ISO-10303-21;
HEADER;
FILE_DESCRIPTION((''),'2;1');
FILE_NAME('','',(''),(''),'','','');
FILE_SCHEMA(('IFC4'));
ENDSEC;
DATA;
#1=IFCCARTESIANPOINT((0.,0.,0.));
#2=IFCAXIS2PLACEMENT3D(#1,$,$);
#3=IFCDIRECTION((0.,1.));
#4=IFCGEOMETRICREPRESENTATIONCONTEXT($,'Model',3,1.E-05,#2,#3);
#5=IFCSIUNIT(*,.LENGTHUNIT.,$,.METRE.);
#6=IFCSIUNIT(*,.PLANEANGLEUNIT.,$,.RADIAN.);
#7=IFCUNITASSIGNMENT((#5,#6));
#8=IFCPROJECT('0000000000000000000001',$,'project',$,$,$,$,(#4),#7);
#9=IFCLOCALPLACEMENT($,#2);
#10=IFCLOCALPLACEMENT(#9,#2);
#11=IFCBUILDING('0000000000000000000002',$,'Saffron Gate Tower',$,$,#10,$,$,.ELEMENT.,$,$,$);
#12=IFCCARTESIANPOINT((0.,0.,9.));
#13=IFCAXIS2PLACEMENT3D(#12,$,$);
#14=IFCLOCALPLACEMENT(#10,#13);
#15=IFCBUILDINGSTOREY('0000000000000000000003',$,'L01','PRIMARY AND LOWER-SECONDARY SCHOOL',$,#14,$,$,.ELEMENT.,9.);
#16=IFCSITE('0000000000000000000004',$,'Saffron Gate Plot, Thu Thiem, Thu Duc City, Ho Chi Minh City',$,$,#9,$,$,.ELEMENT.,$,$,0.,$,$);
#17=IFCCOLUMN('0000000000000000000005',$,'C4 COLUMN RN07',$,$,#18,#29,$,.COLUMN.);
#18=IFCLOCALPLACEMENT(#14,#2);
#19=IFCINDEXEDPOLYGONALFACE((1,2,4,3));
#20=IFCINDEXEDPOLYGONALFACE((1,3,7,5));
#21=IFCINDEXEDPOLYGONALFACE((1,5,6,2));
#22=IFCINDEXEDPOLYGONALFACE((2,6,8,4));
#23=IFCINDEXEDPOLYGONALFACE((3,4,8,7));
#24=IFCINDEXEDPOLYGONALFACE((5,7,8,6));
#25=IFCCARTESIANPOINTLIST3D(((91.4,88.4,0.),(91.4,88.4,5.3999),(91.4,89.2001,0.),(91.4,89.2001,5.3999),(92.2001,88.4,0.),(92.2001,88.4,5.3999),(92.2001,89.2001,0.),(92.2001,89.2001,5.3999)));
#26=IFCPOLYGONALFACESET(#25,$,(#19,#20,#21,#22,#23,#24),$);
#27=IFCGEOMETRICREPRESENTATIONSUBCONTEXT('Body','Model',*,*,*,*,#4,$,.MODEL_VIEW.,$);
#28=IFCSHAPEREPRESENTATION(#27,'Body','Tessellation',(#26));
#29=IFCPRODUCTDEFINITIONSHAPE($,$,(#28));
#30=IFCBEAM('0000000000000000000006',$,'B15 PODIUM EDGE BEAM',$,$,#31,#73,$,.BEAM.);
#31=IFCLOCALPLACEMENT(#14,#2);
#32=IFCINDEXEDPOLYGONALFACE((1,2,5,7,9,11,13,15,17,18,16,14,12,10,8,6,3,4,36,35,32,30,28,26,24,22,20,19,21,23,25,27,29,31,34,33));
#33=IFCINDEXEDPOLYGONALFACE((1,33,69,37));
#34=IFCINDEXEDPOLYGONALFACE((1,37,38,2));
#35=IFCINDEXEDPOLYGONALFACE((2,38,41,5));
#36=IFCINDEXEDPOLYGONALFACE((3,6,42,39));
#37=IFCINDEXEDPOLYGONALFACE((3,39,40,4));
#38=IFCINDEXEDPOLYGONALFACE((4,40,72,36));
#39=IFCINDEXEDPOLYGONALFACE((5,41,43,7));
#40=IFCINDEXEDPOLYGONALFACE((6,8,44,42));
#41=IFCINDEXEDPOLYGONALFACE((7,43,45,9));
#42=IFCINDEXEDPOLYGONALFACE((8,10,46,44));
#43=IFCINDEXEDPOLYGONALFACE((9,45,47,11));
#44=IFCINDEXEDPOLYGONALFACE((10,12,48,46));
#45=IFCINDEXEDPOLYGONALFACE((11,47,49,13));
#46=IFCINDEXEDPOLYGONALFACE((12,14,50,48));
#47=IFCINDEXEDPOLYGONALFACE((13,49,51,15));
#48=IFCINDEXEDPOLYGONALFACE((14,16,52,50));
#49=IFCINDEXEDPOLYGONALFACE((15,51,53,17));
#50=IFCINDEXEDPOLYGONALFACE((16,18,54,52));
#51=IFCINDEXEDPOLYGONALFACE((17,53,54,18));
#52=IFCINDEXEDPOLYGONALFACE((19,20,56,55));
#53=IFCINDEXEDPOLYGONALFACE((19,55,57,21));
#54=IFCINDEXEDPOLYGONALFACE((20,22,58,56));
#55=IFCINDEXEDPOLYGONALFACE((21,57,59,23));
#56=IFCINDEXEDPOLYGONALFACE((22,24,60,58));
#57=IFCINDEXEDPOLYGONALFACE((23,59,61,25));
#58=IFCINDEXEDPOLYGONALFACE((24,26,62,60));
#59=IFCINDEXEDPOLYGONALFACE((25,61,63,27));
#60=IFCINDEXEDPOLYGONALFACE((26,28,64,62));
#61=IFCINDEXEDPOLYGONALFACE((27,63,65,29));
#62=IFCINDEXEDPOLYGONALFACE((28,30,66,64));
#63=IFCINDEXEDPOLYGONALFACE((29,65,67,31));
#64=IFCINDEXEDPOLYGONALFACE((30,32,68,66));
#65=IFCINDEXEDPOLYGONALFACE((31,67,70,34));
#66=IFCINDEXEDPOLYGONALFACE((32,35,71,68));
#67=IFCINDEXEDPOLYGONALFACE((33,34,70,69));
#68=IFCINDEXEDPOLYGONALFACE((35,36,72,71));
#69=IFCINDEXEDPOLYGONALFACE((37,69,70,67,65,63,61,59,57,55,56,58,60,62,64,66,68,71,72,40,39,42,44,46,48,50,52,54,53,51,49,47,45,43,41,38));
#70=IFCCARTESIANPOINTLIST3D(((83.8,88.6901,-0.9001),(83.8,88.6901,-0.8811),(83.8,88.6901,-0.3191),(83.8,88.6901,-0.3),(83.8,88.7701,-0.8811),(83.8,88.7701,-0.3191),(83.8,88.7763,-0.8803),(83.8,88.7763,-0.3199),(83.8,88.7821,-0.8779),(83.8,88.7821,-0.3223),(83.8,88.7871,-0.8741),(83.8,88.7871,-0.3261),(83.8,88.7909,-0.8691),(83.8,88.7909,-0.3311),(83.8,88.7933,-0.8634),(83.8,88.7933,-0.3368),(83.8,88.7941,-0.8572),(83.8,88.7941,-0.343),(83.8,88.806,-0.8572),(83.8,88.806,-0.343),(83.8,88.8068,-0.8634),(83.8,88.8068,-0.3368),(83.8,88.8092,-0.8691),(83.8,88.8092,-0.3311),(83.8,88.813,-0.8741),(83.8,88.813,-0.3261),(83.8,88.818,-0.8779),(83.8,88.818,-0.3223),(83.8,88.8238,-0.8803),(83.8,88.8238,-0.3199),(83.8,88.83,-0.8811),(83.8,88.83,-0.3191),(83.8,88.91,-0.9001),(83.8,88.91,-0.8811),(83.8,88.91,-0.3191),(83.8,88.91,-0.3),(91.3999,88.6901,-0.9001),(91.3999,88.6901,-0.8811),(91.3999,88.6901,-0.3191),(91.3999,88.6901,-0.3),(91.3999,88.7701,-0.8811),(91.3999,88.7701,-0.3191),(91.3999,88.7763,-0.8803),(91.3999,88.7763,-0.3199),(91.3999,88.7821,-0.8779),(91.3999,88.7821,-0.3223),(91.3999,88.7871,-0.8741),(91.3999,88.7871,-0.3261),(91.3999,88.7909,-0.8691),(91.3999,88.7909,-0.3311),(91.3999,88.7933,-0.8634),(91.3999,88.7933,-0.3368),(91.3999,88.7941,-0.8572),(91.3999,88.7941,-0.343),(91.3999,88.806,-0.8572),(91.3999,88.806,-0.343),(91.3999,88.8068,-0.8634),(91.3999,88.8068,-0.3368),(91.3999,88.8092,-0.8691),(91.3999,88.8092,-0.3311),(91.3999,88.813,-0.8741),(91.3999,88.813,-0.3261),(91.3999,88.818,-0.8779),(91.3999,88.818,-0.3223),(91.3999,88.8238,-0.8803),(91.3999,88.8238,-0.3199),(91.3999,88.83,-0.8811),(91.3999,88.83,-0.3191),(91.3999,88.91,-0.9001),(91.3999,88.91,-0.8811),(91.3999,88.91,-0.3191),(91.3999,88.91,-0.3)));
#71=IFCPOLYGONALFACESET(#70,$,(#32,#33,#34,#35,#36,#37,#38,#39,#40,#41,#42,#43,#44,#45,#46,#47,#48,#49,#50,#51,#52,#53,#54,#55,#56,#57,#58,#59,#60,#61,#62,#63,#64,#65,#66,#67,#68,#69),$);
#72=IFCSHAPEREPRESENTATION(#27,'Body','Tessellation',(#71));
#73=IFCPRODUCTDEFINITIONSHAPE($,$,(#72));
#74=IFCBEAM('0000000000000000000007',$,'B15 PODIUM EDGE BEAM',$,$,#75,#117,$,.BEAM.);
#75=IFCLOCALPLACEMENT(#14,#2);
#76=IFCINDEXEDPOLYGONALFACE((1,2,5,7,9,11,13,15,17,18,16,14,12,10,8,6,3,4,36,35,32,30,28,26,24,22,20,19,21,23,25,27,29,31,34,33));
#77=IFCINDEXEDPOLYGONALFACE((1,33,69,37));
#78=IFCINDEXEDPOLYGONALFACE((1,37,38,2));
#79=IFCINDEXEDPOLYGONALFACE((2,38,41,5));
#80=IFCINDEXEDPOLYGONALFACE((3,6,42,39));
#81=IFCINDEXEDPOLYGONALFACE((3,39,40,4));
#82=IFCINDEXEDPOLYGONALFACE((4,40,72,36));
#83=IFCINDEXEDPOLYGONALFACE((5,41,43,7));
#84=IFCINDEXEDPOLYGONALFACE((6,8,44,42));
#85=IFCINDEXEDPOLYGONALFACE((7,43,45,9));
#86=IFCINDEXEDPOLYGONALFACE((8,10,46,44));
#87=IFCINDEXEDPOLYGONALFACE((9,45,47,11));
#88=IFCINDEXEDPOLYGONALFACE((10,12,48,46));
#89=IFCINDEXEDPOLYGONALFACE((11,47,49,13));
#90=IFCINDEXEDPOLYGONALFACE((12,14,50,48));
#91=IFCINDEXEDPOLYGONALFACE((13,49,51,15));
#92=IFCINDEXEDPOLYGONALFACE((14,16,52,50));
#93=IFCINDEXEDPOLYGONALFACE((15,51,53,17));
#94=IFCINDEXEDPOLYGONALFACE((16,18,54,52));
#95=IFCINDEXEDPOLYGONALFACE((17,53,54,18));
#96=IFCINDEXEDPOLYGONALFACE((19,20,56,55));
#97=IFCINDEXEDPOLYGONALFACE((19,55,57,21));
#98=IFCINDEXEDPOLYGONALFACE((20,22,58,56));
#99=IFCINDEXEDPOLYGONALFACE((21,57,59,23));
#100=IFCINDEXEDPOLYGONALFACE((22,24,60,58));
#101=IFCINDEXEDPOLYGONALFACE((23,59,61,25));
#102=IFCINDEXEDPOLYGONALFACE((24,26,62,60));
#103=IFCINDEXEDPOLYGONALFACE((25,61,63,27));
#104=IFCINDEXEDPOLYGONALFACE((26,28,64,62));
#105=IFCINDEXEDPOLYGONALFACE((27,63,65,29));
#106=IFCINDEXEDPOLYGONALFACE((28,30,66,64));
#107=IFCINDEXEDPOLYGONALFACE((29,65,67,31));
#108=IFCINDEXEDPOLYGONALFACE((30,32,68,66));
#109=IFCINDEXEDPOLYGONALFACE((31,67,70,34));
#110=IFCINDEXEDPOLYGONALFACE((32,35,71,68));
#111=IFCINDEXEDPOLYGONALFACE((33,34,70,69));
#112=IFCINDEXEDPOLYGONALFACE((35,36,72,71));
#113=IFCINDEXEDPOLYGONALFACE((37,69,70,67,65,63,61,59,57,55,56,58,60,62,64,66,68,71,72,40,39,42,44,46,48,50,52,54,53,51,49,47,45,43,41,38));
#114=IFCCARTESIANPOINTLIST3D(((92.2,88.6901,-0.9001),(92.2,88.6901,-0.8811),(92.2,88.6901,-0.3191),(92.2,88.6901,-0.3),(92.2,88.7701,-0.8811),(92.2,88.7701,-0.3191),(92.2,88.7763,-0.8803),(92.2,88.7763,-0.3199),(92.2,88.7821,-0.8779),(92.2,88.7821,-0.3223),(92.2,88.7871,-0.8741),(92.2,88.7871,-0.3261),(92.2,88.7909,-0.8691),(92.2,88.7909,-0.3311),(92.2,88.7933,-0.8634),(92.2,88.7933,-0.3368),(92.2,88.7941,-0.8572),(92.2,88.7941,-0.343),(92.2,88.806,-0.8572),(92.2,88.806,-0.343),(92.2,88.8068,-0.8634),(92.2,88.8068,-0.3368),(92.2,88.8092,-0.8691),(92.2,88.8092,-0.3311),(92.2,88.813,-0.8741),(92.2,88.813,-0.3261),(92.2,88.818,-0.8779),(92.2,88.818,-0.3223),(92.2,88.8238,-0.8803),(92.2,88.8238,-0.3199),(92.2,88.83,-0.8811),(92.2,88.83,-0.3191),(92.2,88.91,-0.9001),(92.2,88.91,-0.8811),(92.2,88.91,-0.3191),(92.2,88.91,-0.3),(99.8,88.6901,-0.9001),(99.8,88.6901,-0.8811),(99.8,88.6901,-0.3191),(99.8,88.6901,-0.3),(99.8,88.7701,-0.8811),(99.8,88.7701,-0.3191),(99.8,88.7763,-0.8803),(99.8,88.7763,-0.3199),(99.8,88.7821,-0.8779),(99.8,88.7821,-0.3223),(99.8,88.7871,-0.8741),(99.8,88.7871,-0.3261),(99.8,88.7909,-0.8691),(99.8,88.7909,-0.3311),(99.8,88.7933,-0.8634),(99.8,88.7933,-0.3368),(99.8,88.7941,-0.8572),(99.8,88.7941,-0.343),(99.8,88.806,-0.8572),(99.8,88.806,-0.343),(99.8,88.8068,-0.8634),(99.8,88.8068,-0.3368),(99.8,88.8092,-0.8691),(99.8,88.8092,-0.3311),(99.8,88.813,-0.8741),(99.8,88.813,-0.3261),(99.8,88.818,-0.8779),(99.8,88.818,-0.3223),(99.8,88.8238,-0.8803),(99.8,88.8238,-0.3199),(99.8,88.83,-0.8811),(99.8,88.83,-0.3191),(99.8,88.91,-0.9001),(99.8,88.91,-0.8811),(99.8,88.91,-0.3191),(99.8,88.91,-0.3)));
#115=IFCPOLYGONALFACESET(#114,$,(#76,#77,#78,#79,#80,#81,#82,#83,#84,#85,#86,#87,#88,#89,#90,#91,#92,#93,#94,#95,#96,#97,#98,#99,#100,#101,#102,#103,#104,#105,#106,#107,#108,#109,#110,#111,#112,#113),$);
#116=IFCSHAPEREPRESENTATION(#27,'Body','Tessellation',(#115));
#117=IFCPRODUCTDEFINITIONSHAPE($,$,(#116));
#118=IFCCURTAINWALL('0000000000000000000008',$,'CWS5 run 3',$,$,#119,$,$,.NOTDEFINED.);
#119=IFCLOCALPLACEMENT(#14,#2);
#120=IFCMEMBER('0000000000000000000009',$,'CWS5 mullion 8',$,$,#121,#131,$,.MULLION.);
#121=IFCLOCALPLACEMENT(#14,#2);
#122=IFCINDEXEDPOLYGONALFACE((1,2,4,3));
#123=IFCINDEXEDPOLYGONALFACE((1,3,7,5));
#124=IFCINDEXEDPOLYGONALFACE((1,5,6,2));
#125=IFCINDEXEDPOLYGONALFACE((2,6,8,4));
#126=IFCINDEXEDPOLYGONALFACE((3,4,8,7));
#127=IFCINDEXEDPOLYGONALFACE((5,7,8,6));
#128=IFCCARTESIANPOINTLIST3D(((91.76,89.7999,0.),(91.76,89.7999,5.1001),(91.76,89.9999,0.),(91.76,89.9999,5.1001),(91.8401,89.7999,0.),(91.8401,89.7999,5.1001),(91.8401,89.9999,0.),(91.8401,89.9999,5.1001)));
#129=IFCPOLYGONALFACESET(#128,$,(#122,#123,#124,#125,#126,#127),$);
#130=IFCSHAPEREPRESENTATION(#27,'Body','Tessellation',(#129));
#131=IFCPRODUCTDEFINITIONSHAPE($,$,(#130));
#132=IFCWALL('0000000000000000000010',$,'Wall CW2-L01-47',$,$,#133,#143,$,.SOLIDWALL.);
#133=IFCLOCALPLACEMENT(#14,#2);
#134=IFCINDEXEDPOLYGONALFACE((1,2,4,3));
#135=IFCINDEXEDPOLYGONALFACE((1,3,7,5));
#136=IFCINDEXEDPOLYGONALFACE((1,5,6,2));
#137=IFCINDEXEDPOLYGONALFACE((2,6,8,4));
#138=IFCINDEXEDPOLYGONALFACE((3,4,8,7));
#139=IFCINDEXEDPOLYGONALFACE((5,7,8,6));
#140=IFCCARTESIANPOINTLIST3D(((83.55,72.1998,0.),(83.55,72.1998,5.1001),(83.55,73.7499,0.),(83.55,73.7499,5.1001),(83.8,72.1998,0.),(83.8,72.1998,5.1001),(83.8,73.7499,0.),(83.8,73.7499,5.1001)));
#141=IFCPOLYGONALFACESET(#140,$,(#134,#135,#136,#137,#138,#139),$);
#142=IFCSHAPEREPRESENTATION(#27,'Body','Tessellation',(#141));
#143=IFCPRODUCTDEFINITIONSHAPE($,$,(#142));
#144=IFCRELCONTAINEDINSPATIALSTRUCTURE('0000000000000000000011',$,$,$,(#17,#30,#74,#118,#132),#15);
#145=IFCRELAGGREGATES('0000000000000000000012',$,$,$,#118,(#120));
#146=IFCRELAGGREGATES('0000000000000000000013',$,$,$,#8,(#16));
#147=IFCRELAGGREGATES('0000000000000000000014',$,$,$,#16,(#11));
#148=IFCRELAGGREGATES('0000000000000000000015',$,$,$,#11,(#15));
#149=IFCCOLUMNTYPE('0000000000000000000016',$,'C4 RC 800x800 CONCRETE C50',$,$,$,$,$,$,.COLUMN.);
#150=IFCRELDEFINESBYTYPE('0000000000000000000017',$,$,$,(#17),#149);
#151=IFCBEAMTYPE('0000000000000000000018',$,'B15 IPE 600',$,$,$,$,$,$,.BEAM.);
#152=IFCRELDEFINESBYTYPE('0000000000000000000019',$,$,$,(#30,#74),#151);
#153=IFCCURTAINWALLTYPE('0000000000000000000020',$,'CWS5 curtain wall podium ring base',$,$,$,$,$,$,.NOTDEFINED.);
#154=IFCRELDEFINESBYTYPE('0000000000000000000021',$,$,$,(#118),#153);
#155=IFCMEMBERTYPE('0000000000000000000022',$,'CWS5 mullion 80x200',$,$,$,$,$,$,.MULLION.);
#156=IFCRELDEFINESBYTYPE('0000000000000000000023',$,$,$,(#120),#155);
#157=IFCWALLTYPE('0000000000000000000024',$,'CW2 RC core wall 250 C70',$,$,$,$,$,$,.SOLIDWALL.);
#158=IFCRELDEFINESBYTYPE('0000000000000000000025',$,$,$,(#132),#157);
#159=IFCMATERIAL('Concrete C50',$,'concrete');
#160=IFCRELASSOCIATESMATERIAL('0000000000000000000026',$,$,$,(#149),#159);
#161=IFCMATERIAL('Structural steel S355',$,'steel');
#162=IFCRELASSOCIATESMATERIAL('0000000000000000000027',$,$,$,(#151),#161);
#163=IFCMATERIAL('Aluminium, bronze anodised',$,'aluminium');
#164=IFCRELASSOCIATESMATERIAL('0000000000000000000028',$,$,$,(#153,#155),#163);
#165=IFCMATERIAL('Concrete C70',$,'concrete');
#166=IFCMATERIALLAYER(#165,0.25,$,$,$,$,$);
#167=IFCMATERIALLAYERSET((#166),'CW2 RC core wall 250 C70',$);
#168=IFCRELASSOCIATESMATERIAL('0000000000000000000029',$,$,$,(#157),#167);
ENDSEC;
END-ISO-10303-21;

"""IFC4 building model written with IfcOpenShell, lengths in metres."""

from ifc_helpers import new_model, si_unit, direction, frame, frame_2d, origin, origin_2d, place, context, subcontext, project, spatial, rectangle, i_section, extrude, material, layer, layer_set, material_profile, profile_set, type_object, element, aggregate, save


model = new_model("IFC4")

# Units and contexts
model_context = context("Model", 3, precision=1e-05, world=origin(), true_north=direction((0.0, 1.0)))
body_context = subcontext(model_context, "Body", "Model", "MODEL_VIEW")
ifc_project = project(units=[si_unit("LENGTHUNIT", "METRE"), si_unit("PLANEANGLEUNIT", "RADIAN")], contexts=[model_context])

# Site, building, storey
site_placement = place(None, origin())
site = spatial("IfcSite", under=ifc_project, at=site_placement, Name="Saffron Gate Plot, Thu Thiem, Thu Duc City, Ho Chi Minh City", CompositionType="ELEMENT", RefElevation=0.0)
building_placement = place(site_placement, origin())
building = spatial("IfcBuilding", under=site, at=building_placement, Name="Saffron Gate Tower", CompositionType="ELEMENT")
storey_placement = place(building_placement, frame((0.0, 0.0, 9.0)))
storey = spatial("IfcBuildingStorey", under=building, at=storey_placement, Name="L01", Description="PRIMARY AND LOWER-SECONDARY SCHOOL", CompositionType="ELEMENT", Elevation=9.0)

# Column
ifc_material_1 = material(Name="Concrete C50", Category="concrete")
ifc_material_profile_1 = material_profile(ifc_material_1, rectangle(XDim=0.8, YDim=0.8, at=origin_2d()))
ifc_profile_set_1 = profile_set([ifc_material_profile_1], Name="Concrete C50")
column_type = type_object("IfcColumnType", Name="C4 RC 800x800 CONCRETE C50", PredefinedType="COLUMN", material=ifc_profile_set_1)
column_placement = place(storey_placement, frame((91.8, 88.8, 0.0), z_axis=(0.0, 0.0, 1.0), x_axis=(1.0, 0.0, 0.0)))
element("IfcColumn", 1, at=column_placement, inside=storey, type_object=column_type, Name="C4 COLUMN RN07", PredefinedType="COLUMN", context=body_context, shape_type="SweptSolid", body=[
    extrude(rectangle(XDim=0.8, YDim=0.8, at=origin_2d()), origin(), (0.0, 0.0, 1.0), 5.3999),
])

# Beams
ifc_material_2 = material(Name="Structural steel S355", Category="steel")
ifc_material_profile_2 = material_profile(ifc_material_2, i_section(OverallWidth=0.22, OverallDepth=0.6001, WebThickness=0.012, FlangeThickness=0.019, FilletRadius=0.0239, at=origin_2d()))
ifc_profile_set_2 = profile_set([ifc_material_profile_2], Name="Structural steel S355")
beam_type = type_object("IfcBeamType", Name="B15 IPE 600", PredefinedType="BEAM", material=ifc_profile_set_2)
beam_1_placement = place(storey_placement, frame((83.8, 88.8, -0.6001), z_axis=(1.0, 0.0, 0.0), x_axis=(0.0, 1.0, 0.0)))
element("IfcBeam", 2, at=beam_1_placement, inside=storey, type_object=beam_type, Name="B15 PODIUM EDGE BEAM", PredefinedType="BEAM", context=body_context, shape_type="SweptSolid", body=[
    extrude(i_section(OverallWidth=0.22, OverallDepth=0.6001, WebThickness=0.012, FlangeThickness=0.019, FilletRadius=0.0239, at=origin_2d()), origin(), (0.0, 0.0, 1.0), 7.5999),
])
beam_2_placement = place(storey_placement, frame((92.2, 88.8, -0.6001), z_axis=(1.0, 0.0, 0.0), x_axis=(0.0, 1.0, 0.0)))
element("IfcBeam", 3, at=beam_2_placement, inside=storey, type_object=beam_type, Name="B15 PODIUM EDGE BEAM", PredefinedType="BEAM", context=body_context, shape_type="SweptSolid", body=[
    extrude(i_section(OverallWidth=0.22, OverallDepth=0.6001, WebThickness=0.012, FlangeThickness=0.019, FilletRadius=0.0239, at=origin_2d()), origin(), (0.0, 0.0, 1.0), 7.6001),
])

# Curtain wall, member
ifc_material_3 = material(Name="Aluminium, bronze anodised", Category="aluminium")
curtain_wall_type = type_object("IfcCurtainWallType", Name="CWS5 curtain wall podium ring base", PredefinedType="NOTDEFINED", material=ifc_material_3)
curtain_wall_placement = place(storey_placement, origin())
curtain_wall = element("IfcCurtainWall", 4, at=curtain_wall_placement, inside=storey, type_object=curtain_wall_type, Name="CWS5 run 3", PredefinedType="NOTDEFINED")
ifc_material_profile_3 = material_profile(ifc_material_3, rectangle(XDim=0.2, YDim=0.0801, at=origin_2d()))
ifc_profile_set_3 = profile_set([ifc_material_profile_3], Name="Aluminium, bronze anodised")
member_type = type_object("IfcMemberType", Name="CWS5 mullion 80x200", PredefinedType="MULLION", material=ifc_profile_set_3)
member_placement = place(storey_placement, frame((91.8, 89.8999, 0.0), z_axis=(0.0, 0.0, 1.0), x_axis=(0.0, -1.0, 0.0)))
member = element("IfcMember", 5, at=member_placement, type_object=member_type, Name="CWS5 mullion 8", PredefinedType="MULLION", context=body_context, shape_type="SweptSolid", body=[
    extrude(rectangle(XDim=0.2, YDim=0.0801, at=origin_2d()), origin(), (0.0, 0.0, 1.0), 5.1001),
])
aggregate(curtain_wall, [member])

# Wall
ifc_material_4 = material(Name="Concrete C70", Category="concrete")
ifc_layer_1 = layer(ifc_material_4, 0.25)
ifc_layer_set_1 = layer_set([ifc_layer_1], Name="CW2 RC core wall 250 C70")
wall_type_1 = type_object("IfcWallType", Name="CW2 RC core wall 250 C70", PredefinedType="SOLIDWALL", material=ifc_layer_set_1)
wall_1_placement = place(storey_placement, frame((83.675, 72.2, 0.0), z_axis=(0.0, 0.0, 1.0), x_axis=(0.0, 1.0, 0.0)))
element("IfcWall", 6, at=wall_1_placement, inside=storey, type_object=wall_type_1, Name="Wall CW2-L01-47", PredefinedType="SOLIDWALL", context=body_context, shape_type="SweptSolid", body=[
    extrude(rectangle(XDim=1.55, YDim=0.25, at=frame_2d((0.7749, 0.0))), origin(), (0.0, 0.0, 1.0), 5.1001),
])

save(model, "model.ifc")
